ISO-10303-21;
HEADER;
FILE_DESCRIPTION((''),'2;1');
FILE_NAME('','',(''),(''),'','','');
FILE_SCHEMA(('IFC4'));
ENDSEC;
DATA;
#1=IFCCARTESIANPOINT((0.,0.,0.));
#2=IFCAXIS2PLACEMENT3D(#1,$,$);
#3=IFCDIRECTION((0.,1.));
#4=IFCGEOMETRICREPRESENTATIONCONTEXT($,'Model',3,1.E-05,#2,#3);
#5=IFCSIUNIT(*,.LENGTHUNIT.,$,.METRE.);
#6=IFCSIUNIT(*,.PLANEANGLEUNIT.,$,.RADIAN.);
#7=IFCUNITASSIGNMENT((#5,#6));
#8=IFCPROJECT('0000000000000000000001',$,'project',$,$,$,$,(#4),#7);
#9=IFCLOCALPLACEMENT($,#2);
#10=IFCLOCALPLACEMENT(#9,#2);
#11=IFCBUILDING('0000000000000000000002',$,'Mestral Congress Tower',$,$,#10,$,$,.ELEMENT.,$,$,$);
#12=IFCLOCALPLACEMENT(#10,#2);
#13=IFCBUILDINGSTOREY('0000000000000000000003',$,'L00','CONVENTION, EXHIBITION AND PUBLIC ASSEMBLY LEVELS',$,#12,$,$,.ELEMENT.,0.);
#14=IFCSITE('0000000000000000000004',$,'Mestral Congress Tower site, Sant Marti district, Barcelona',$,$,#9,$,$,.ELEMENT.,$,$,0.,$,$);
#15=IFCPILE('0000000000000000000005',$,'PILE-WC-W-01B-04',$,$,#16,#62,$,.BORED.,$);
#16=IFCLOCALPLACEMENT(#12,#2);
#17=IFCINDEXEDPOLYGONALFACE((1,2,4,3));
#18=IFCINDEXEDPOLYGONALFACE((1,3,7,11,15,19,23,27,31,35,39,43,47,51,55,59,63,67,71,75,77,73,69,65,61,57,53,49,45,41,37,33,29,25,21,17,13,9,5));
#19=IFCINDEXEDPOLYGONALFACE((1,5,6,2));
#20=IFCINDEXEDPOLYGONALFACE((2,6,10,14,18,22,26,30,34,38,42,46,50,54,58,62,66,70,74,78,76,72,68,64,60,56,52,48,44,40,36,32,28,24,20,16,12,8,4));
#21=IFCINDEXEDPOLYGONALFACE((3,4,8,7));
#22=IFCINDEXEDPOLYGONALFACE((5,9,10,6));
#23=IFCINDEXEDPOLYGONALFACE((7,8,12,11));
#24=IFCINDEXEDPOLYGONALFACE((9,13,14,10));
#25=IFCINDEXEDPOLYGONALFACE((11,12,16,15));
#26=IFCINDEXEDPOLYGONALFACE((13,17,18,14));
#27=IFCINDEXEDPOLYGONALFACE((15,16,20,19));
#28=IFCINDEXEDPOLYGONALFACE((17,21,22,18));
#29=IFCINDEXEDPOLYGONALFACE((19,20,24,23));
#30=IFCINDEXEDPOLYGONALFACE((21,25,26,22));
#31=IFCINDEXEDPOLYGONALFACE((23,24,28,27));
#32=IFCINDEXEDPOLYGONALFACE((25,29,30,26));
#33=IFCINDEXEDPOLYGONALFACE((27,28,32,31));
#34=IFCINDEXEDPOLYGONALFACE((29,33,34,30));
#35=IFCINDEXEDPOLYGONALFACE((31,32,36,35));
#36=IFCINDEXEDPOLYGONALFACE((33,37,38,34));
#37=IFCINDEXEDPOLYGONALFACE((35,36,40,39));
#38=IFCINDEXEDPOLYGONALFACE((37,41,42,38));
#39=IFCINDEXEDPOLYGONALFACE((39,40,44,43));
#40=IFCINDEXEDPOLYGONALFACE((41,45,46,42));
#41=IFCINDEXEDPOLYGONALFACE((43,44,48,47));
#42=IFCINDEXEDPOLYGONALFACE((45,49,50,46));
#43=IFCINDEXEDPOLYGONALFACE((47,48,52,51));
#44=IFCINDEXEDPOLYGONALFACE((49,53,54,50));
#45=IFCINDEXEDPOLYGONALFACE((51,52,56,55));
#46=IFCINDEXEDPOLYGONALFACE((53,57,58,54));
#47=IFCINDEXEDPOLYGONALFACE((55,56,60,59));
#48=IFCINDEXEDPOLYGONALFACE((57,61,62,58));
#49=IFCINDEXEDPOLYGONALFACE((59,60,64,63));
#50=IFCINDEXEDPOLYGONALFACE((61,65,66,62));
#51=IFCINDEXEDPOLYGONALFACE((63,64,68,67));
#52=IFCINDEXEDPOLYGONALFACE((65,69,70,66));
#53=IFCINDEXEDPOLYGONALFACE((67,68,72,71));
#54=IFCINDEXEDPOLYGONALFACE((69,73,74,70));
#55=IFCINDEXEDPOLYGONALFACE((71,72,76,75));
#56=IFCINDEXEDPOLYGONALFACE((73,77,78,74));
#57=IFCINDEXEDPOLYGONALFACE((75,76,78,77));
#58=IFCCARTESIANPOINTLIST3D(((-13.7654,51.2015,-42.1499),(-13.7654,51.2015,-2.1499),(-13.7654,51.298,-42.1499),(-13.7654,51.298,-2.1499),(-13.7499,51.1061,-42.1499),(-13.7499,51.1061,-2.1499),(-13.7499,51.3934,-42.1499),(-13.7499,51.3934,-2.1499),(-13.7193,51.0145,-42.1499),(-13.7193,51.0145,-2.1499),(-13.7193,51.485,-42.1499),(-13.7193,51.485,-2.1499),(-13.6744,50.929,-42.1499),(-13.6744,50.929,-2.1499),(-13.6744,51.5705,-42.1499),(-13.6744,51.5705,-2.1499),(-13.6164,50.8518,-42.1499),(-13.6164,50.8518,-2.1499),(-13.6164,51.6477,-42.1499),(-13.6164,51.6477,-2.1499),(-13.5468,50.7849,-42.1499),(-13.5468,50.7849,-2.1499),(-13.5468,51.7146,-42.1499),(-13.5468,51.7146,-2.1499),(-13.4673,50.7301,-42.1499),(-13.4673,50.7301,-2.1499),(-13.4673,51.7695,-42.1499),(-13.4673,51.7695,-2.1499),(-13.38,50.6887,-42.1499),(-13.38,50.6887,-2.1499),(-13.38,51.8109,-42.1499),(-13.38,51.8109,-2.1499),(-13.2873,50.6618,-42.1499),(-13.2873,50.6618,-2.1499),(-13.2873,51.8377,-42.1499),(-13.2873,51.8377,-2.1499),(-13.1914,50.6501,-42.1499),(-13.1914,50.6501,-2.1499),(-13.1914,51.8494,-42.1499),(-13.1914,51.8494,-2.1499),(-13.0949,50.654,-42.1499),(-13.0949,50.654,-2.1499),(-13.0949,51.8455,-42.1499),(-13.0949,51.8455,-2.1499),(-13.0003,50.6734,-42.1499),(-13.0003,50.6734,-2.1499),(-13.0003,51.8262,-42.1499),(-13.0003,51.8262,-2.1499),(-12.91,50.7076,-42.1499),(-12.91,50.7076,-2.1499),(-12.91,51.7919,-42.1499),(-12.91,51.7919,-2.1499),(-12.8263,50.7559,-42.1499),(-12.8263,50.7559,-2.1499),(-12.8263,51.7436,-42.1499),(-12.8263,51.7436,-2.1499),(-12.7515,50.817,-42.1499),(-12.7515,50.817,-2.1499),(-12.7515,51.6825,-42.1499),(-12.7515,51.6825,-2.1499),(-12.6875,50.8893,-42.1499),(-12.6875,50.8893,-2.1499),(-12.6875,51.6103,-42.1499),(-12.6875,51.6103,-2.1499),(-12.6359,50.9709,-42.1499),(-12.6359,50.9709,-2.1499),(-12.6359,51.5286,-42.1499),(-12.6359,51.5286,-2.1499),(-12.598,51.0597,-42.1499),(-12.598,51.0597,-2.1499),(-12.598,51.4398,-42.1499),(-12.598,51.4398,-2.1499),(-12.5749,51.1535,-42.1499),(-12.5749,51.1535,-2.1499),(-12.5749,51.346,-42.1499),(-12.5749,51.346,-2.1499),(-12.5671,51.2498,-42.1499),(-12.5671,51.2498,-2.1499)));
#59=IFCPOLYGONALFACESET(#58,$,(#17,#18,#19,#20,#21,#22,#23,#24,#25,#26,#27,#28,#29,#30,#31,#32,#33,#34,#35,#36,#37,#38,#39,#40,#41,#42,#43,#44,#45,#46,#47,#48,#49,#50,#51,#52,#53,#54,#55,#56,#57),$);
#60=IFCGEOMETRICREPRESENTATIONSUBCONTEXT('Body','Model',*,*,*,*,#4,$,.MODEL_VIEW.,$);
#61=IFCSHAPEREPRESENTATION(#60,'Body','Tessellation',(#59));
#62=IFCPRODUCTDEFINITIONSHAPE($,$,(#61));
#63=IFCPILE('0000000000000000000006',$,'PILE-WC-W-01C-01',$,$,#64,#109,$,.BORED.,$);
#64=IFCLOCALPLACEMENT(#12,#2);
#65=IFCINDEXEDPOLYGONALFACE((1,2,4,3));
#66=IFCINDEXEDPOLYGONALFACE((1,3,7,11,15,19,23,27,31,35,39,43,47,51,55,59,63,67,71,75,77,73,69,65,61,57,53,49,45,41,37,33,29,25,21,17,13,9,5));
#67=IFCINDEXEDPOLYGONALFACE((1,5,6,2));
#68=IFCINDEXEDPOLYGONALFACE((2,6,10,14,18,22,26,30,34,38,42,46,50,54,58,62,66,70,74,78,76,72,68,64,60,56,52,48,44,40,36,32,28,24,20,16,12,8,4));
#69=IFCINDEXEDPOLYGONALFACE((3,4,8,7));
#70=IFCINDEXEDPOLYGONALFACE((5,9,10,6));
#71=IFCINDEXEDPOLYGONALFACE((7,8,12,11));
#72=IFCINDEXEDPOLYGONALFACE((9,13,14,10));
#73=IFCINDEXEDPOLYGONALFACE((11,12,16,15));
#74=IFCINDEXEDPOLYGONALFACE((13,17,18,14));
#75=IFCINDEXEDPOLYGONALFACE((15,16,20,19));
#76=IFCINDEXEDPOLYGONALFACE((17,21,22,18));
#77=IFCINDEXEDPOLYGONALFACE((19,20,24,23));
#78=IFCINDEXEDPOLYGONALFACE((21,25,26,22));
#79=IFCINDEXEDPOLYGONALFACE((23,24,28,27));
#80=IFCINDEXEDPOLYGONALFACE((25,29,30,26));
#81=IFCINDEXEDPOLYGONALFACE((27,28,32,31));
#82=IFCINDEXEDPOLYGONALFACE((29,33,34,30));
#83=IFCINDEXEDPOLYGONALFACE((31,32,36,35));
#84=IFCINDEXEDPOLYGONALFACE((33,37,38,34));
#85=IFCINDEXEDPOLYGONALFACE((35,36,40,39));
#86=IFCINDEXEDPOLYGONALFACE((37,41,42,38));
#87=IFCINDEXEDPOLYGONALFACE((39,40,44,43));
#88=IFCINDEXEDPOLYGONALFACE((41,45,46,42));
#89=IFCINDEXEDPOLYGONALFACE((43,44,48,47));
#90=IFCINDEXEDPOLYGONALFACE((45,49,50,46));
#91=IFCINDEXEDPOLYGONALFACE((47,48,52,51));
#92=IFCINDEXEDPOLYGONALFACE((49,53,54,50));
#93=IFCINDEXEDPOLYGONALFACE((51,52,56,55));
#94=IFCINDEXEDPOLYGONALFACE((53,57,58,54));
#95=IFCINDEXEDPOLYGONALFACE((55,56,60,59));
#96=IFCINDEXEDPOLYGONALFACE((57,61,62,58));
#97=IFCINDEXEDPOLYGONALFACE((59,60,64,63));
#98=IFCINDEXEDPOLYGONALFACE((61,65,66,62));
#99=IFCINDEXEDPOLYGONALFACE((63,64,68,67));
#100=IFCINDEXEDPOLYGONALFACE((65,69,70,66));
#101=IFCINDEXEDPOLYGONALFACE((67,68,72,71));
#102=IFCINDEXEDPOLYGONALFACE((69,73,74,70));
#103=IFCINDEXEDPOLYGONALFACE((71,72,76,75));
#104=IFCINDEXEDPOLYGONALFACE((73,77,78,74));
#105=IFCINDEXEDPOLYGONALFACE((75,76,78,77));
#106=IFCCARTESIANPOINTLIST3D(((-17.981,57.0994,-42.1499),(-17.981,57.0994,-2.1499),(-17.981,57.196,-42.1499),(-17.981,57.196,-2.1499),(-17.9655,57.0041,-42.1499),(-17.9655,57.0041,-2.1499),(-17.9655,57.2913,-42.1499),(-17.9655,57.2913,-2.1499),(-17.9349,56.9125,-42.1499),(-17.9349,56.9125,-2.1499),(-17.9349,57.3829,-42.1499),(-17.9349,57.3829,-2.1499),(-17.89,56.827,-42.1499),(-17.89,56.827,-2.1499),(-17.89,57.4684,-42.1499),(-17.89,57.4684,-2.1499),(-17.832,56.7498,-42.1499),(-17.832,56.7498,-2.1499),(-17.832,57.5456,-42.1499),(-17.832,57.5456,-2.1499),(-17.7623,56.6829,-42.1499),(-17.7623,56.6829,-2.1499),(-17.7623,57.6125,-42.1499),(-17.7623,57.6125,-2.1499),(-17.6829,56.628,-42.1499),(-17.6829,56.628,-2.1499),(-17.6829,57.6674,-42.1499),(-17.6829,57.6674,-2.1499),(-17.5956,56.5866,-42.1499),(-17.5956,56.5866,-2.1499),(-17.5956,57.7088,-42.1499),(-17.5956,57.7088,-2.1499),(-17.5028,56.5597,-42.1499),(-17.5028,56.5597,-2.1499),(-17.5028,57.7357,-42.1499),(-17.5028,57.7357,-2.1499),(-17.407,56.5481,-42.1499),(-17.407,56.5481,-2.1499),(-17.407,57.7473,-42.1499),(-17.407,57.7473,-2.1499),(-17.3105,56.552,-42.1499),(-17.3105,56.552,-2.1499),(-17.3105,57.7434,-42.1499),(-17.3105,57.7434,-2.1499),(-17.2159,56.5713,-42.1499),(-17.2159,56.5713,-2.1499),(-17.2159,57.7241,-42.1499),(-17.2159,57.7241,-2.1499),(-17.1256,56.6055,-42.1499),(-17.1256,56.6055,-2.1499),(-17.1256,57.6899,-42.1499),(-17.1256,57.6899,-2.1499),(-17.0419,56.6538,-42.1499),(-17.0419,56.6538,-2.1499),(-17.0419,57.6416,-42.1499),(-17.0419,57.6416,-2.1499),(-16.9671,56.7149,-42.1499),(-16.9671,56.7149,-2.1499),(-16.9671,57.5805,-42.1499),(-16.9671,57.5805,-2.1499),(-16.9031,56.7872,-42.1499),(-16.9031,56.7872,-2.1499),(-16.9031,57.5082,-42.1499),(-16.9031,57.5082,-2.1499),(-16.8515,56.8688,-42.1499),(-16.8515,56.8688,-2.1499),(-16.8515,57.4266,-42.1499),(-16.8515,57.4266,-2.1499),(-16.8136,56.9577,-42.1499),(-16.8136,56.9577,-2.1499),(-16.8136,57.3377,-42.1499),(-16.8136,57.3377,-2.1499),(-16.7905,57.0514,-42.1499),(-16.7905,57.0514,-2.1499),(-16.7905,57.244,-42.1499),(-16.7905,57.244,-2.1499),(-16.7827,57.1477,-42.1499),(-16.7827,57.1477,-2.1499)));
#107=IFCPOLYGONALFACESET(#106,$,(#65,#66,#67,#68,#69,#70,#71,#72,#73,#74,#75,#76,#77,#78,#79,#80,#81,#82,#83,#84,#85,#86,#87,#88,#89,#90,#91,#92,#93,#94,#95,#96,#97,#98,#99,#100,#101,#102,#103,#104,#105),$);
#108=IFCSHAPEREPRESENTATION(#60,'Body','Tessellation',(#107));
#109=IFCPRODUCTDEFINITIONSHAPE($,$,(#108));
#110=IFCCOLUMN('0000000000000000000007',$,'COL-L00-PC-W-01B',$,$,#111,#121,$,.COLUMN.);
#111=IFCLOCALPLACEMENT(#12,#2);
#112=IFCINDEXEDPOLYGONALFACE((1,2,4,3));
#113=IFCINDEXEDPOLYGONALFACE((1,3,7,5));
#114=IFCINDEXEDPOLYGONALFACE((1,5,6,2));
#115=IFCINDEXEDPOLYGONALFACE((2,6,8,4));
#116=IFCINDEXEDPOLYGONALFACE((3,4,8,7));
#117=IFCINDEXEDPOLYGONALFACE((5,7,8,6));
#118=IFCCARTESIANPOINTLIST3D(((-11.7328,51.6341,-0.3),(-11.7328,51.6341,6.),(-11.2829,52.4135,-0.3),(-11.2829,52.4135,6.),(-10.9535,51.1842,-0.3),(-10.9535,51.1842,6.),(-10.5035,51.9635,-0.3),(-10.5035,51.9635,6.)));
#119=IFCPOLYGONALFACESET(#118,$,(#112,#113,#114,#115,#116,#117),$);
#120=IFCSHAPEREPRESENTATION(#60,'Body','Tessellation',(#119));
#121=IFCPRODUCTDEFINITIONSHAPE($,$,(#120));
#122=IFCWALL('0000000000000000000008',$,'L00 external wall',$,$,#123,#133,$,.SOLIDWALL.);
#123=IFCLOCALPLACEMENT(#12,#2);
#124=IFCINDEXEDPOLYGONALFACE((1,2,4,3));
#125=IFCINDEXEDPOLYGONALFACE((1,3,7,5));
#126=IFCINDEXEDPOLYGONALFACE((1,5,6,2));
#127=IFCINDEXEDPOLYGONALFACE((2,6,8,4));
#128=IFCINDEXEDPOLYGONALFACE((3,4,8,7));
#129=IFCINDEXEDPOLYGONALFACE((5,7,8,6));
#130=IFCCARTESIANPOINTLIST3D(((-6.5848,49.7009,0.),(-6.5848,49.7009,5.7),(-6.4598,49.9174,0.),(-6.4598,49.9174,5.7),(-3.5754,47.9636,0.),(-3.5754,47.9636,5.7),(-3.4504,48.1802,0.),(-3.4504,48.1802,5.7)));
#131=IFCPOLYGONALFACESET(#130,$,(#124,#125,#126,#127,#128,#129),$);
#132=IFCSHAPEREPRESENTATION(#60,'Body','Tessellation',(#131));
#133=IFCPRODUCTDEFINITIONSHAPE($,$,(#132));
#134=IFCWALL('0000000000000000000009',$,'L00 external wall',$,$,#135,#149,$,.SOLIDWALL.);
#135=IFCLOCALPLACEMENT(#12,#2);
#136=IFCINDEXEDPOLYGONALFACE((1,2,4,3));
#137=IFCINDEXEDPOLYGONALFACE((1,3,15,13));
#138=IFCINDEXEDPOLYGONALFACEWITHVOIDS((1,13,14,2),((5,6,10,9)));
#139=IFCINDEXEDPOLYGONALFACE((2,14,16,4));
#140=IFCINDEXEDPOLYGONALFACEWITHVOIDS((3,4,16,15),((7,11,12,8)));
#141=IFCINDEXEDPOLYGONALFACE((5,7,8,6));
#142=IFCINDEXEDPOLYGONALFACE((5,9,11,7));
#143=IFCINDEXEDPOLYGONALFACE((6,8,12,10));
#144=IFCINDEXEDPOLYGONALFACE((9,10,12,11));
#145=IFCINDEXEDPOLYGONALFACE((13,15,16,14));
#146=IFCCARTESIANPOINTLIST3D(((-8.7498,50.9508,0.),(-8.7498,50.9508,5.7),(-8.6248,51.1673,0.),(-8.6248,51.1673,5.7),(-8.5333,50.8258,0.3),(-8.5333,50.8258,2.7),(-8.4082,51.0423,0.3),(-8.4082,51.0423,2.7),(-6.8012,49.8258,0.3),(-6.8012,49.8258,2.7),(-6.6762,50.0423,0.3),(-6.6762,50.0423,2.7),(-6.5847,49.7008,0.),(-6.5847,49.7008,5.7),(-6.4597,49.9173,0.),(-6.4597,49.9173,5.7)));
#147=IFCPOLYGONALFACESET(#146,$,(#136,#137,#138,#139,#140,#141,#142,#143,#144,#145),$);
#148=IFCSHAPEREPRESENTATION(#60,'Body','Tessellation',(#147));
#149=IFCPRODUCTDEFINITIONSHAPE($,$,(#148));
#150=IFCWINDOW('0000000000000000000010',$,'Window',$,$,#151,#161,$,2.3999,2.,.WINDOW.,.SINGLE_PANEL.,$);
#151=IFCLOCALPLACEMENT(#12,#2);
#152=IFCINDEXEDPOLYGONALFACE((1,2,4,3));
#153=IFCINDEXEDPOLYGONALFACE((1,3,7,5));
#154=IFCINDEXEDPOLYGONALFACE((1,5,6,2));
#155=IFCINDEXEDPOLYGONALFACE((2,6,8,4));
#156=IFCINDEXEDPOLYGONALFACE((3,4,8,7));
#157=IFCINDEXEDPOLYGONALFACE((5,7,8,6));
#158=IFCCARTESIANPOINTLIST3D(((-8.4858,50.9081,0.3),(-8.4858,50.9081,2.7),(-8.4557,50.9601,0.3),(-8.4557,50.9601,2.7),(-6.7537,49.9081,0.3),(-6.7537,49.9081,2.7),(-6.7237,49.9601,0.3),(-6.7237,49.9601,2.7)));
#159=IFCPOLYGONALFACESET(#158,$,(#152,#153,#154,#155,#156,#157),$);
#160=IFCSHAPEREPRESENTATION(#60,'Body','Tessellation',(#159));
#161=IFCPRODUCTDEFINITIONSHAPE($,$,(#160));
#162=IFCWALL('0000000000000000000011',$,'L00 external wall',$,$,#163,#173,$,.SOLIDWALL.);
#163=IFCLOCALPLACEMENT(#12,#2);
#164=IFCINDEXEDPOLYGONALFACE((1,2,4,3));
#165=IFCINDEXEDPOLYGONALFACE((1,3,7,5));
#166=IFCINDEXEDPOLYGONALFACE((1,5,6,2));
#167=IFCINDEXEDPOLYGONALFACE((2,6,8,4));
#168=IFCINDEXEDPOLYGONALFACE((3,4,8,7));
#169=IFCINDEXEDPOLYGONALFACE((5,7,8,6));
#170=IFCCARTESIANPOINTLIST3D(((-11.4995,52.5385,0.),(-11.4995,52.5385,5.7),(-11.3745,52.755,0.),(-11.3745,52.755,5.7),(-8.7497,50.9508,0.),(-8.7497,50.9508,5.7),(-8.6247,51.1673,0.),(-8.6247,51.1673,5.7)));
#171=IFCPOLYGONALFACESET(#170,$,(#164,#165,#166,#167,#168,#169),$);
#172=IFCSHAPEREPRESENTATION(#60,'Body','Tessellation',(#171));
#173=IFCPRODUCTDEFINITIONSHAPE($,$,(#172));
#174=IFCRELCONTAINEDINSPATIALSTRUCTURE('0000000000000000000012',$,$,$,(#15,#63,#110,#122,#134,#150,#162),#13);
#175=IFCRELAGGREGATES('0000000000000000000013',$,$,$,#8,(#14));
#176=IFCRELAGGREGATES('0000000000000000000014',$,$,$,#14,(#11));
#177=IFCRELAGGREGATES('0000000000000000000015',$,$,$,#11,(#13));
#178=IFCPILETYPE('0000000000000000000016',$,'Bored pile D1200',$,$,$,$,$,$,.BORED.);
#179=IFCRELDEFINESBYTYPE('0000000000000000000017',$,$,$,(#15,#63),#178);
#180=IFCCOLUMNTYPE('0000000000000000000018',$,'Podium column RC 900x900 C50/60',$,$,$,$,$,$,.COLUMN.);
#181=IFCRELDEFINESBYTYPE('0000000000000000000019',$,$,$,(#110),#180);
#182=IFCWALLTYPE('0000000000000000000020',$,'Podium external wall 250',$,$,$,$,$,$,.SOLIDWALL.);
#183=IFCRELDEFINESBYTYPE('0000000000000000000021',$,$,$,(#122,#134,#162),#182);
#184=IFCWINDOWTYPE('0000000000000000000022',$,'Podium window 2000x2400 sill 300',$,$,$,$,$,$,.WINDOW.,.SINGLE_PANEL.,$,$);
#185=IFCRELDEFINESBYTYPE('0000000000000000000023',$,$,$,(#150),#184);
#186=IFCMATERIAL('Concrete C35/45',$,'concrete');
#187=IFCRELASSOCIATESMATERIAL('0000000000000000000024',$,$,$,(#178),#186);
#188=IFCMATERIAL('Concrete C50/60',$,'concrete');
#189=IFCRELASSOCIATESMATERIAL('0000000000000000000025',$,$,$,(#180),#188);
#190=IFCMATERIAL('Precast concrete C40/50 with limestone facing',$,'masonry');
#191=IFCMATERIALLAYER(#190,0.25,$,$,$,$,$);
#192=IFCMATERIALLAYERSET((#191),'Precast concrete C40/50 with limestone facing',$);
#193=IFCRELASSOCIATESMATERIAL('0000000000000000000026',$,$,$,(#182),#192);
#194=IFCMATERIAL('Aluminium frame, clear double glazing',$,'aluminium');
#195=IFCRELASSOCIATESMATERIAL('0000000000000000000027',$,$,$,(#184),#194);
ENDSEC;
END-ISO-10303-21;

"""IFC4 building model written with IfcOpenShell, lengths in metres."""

from ifc_helpers import new_model, si_unit, direction, frame, frame_2d, origin, origin_2d, place, context, subcontext, project, spatial, rectangle, circle, extrude, material, layer, layer_set, material_profile, profile_set, type_object, element, fill, save


model = new_model("IFC4")

# Units and contexts
model_context = context("Model", 3, precision=1e-05, world=origin(), true_north=direction((0.0, 1.0)))
body_context = subcontext(model_context, "Body", "Model", "MODEL_VIEW")
ifc_project = project(units=[si_unit("LENGTHUNIT", "METRE"), si_unit("PLANEANGLEUNIT", "RADIAN")], contexts=[model_context])

# Site, building, storey
site_placement = place(None, origin())
site = spatial("IfcSite", under=ifc_project, at=site_placement, Name="Mestral Congress Tower site, Sant Marti district, Barcelona", CompositionType="ELEMENT", RefElevation=0.0)
building_placement = place(site_placement, origin())
building = spatial("IfcBuilding", under=site, at=building_placement, Name="Mestral Congress Tower", CompositionType="ELEMENT")
storey_placement = place(building_placement, origin())
storey = spatial("IfcBuildingStorey", under=building, at=storey_placement, Name="L00", Description="CONVENTION, EXHIBITION AND PUBLIC ASSEMBLY LEVELS", CompositionType="ELEMENT", Elevation=0.0)

# Piles
ifc_material_1 = material(Name="Concrete C35/45", Category="concrete")
ifc_material_profile_1 = material_profile(ifc_material_1, circle(Radius=0.6001, at=origin_2d()), Name="D1200")
ifc_profile_set_1 = profile_set([ifc_material_profile_1], Name="Concrete C35/45")
pile_type = type_object("IfcPileType", Name="Bored pile D1200", PredefinedType="BORED", material=ifc_profile_set_1)
for number, where, z_axis, x_axis, name in (
    (1, (-13.1672, 51.2498, -2.1499), (0.0, 0.0, -1.0), (1.0, 0.0, 0.0), "PILE-WC-W-01B-04"),
    (2, (-17.3828, 57.1477, -2.1499), (0.0, 0.0, -1.0), (1.0, 0.0, 0.0), "PILE-WC-W-01C-01"),
):
    element("IfcPile", number, at=place(storey_placement, frame(where, z_axis=z_axis, x_axis=x_axis)), inside=storey, type_object=pile_type, Name=name, PredefinedType="BORED", context=body_context, shape_type="SweptSolid", body=[
        extrude(circle(Radius=0.6001, at=origin_2d()), origin(), (0.0, 0.0, 1.0), 40.0),
    ])

# Column
ifc_material_2 = material(Name="Concrete C50/60", Category="concrete")
ifc_material_profile_2 = material_profile(ifc_material_2, rectangle(XDim=0.8999, YDim=0.8999, at=origin_2d()), Name="RC 900x900")
ifc_profile_set_2 = profile_set([ifc_material_profile_2], Name="Concrete C50/60")
column_type = type_object("IfcColumnType", Name="Podium column RC 900x900 C50/60", PredefinedType="COLUMN", material=ifc_profile_set_2)
column_placement = place(storey_placement, frame((-11.1182, 51.7988, -0.3), z_axis=(0.0, 0.0, 1.0), x_axis=(-0.5, -0.866025, 0.0)))
element("IfcColumn", 3, at=column_placement, inside=storey, type_object=column_type, Name="COL-L00-PC-W-01B", PredefinedType="COLUMN", context=body_context, shape_type="SweptSolid", body=[
    extrude(rectangle(XDim=0.8999, YDim=0.8999, at=origin_2d()), origin(), (0.0, 0.0, 1.0), 6.3),
])

# Wall
ifc_material_3 = material(Name="Precast concrete C40/50 with limestone facing", Category="masonry")
ifc_layer_1 = layer(ifc_material_3, 0.25)
ifc_layer_set_1 = layer_set([ifc_layer_1], Name="Precast concrete C40/50 with limestone facing")
wall_type_1 = type_object("IfcWallType", Name="Podium external wall 250", PredefinedType="SOLIDWALL", material=ifc_layer_set_1)
wall_1_placement = place(storey_placement, frame((-6.5222, 49.8091, 0.0), z_axis=(0.0, 0.0, 1.0), x_axis=(0.866056, -0.499947, 0.0)))
element("IfcWall", 4, at=wall_1_placement, inside=storey, type_object=wall_type_1, Name="L00 external wall", PredefinedType="SOLIDWALL", context=body_context, shape_type="SweptSolid", body=[
    extrude(rectangle(XDim=3.4749, YDim=0.25, at=frame_2d((1.7373, 0.0))), origin(), (0.0, 0.0, 1.0), 5.7),
])

# Wall, opening, window
wall_2_placement = place(storey_placement, frame((-8.6873, 51.0591, 0.0), z_axis=(0.0, 0.0, 1.0), x_axis=(0.866023, -0.500004, 0.0)))
wall_2 = element("IfcWall", 5, at=wall_2_placement, inside=storey, type_object=wall_type_1, Name="L00 external wall", PredefinedType="SOLIDWALL", context=body_context, shape_type="SweptSolid", body=[
    extrude(rectangle(XDim=2.5, YDim=0.25, at=frame_2d((1.25, 0.0))), origin(), (0.0, 0.0, 1.0), 5.7),
])
opening_1_placement = place(wall_2_placement, frame((0.25, 0.0, 0.3)))
opening_1 = element("IfcOpeningElement", 6, at=opening_1_placement, cuts=wall_2, PredefinedType="OPENING", context=body_context, shape_type="SweptSolid", body=[
    extrude(rectangle(XDim=2.0, YDim=2.3999, at=frame_2d((1.0, 1.2))), frame((0.0, 0.135, 0.0), z_axis=(0.0, -1.0, 0.0), x_axis=(1.0, 0.0, 0.0)), (0.0, 0.0, 1.0), 0.27),
])
ifc_material_4 = material(Name="Aluminium frame, clear double glazing", Category="aluminium")
window_type = type_object("IfcWindowType", Name="Podium window 2000x2400 sill 300", PartitioningType="SINGLE_PANEL", PredefinedType="WINDOW", material=ifc_material_4)
window_placement = place(opening_1_placement, origin())
window = element("IfcWindow", 7, at=window_placement, inside=storey, type_object=window_type, Name="Window", OverallHeight=2.3999, OverallWidth=2.0, PartitioningType="SINGLE_PANEL", PredefinedType="WINDOW", context=body_context, shape_type="SweptSolid", body=[
    extrude(rectangle(XDim=2.0, YDim=2.3999, at=frame_2d((1.0, 1.2))), frame((0.0, 0.03, 0.0), z_axis=(0.0, -1.0, 0.0), x_axis=(1.0, 0.0, 0.0)), (0.0, 0.0, 1.0), 0.0601),
])
fill(opening_1, window)

# Wall
wall_3_placement = place(storey_placement, frame((-11.437, 52.6467, 0.0), z_axis=(0.0, 0.0, 1.0), x_axis=(0.866015, -0.500018, 0.0)))
element("IfcWall", 8, at=wall_3_placement, inside=storey, type_object=wall_type_1, Name="L00 external wall", PredefinedType="SOLIDWALL", context=body_context, shape_type="SweptSolid", body=[
    extrude(rectangle(XDim=3.1753, YDim=0.25, at=frame_2d((1.5876, 0.0))), origin(), (0.0, 0.0, 1.0), 5.7),
])

save(model, "model.ifc")
